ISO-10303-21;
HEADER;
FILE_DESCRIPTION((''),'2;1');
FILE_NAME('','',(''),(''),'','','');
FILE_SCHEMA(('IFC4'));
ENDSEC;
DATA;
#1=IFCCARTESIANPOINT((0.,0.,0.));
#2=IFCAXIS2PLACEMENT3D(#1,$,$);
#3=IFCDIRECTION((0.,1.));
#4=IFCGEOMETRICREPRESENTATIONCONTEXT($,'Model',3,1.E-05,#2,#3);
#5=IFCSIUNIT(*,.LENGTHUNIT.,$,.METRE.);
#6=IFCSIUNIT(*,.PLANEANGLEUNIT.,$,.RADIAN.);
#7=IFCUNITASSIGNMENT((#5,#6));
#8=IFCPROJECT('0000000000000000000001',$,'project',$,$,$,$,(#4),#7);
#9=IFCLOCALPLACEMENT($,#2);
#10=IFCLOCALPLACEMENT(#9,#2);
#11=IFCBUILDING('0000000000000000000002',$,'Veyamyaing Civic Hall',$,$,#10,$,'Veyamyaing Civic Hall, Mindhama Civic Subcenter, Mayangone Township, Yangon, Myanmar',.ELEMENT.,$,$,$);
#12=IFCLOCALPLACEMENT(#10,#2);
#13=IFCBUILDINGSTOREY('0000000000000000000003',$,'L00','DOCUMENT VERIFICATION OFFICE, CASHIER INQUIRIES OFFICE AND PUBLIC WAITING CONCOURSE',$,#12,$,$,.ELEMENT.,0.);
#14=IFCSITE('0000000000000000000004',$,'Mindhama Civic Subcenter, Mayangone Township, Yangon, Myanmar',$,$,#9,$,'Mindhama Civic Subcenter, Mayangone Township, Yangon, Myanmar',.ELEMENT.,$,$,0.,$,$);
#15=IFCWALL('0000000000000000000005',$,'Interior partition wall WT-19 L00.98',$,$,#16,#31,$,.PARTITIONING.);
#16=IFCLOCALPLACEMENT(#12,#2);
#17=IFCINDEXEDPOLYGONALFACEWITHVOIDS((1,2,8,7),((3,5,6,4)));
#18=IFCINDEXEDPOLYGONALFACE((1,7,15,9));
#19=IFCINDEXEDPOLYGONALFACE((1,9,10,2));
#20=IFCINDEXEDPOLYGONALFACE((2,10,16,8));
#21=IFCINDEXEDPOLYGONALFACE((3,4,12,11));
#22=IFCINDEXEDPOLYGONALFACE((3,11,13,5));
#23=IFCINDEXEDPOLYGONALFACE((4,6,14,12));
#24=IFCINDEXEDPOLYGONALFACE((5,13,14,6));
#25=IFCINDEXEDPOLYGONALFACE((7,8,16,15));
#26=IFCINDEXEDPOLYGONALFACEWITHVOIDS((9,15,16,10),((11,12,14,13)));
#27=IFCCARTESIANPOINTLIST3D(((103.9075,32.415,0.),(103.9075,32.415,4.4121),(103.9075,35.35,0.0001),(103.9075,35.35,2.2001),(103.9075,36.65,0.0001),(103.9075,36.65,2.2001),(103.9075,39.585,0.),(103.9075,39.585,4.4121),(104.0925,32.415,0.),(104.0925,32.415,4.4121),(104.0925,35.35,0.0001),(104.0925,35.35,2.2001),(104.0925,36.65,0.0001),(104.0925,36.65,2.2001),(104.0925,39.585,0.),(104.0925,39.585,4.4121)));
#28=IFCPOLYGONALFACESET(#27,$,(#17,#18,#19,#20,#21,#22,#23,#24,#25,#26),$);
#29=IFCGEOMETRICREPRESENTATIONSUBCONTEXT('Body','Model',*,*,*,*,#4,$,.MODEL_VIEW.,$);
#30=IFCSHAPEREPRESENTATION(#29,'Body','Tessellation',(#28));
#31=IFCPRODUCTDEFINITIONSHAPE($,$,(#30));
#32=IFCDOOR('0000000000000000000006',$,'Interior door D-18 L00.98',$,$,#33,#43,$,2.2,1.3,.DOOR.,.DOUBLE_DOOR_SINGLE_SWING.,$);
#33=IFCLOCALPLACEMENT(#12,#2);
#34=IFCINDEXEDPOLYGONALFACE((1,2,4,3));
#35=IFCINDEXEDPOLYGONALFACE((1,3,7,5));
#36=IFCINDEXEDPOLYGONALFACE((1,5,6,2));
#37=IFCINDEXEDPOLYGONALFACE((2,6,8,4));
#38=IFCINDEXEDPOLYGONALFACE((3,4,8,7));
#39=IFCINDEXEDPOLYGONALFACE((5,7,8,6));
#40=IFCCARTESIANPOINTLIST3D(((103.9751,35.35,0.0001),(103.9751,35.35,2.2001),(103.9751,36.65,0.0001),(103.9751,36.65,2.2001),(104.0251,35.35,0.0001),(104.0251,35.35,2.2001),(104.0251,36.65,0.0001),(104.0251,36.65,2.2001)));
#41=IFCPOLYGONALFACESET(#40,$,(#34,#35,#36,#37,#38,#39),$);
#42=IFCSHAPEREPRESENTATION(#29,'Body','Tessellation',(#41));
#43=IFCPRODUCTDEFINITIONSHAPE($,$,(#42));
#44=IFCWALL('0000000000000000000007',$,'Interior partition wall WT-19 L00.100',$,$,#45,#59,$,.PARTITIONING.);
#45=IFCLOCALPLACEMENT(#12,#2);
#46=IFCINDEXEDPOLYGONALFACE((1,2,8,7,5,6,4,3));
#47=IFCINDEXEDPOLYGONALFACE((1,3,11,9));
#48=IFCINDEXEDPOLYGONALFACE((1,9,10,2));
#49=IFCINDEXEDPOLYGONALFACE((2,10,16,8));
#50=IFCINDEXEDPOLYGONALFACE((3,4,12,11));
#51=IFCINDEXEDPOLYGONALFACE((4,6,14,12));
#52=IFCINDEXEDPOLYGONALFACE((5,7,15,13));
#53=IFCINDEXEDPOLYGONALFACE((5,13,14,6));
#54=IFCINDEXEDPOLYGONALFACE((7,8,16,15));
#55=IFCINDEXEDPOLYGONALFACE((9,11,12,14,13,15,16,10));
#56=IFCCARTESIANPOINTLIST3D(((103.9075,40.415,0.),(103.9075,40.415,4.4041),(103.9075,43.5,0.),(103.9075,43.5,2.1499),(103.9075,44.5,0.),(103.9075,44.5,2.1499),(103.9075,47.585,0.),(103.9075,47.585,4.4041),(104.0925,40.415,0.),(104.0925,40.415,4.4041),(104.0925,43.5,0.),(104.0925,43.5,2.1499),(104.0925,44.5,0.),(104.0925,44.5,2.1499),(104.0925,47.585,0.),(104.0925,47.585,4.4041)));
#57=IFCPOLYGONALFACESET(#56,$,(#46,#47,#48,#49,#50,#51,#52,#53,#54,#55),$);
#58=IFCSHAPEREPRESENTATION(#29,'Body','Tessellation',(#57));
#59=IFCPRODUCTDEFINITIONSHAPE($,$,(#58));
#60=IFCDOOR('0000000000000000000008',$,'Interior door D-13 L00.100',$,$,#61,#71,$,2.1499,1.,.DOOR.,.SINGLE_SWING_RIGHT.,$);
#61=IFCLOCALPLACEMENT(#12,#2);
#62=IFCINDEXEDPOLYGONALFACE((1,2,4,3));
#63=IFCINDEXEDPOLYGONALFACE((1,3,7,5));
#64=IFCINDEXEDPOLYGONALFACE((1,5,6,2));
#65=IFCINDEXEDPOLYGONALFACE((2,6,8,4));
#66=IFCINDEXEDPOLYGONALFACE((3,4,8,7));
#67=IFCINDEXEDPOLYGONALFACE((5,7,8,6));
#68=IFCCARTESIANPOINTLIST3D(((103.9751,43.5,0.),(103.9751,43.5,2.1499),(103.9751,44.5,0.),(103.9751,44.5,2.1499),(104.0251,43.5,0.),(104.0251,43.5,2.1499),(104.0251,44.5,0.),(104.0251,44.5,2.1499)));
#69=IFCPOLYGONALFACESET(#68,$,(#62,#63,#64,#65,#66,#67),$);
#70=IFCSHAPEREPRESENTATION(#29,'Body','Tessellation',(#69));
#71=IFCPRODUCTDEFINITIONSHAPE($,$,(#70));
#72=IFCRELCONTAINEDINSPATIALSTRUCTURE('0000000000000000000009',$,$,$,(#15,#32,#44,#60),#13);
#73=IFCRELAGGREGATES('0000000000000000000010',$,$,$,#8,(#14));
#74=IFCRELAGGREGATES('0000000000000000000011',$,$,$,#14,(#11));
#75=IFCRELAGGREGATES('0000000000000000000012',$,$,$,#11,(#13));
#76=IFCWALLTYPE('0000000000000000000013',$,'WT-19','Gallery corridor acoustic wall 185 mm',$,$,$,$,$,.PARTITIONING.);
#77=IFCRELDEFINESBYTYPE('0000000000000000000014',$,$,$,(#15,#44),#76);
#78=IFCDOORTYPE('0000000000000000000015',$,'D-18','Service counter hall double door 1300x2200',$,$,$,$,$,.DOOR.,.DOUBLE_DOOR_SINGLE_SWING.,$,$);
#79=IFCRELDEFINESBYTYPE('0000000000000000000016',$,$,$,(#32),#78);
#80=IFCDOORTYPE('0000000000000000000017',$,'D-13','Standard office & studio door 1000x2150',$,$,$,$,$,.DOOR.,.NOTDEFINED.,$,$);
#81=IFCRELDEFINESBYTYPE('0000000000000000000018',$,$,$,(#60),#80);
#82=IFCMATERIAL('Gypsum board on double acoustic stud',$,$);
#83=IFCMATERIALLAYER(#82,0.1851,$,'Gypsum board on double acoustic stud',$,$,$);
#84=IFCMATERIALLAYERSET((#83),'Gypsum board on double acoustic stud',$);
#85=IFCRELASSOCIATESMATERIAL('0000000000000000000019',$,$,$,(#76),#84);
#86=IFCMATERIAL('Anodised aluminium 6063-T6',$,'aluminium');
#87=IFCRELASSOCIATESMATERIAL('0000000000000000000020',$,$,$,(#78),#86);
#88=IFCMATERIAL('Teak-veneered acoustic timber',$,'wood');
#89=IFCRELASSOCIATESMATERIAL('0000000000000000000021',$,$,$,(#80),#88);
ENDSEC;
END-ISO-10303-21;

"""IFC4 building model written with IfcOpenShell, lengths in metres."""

from ifc_helpers import new_model, si_unit, direction, frame, frame_2d, origin, place, context, subcontext, project, spatial, rectangle, extrude, material, layer, layer_set, type_object, element, fill, save


model = new_model("IFC4")

# Units and contexts
model_context = context("Model", 3, precision=1e-05, world=origin(), true_north=direction((0.0, 1.0)))
body_context = subcontext(model_context, "Body", "Model", "MODEL_VIEW")
ifc_project = project(units=[si_unit("LENGTHUNIT", "METRE"), si_unit("PLANEANGLEUNIT", "RADIAN")], contexts=[model_context])

# Site, building, storey
site_placement = place(None, origin())
site = spatial("IfcSite", under=ifc_project, at=site_placement, Name="Mindhama Civic Subcenter, Mayangone Township, Yangon, Myanmar", LongName="Mindhama Civic Subcenter, Mayangone Township, Yangon, Myanmar", CompositionType="ELEMENT", RefElevation=0.0)
building_placement = place(site_placement, origin())
building = spatial("IfcBuilding", under=site, at=building_placement, Name="Veyamyaing Civic Hall", LongName="Veyamyaing Civic Hall, Mindhama Civic Subcenter, Mayangone Township, Yangon, Myanmar", CompositionType="ELEMENT")
storey_placement = place(building_placement, origin())
storey = spatial("IfcBuildingStorey", under=building, at=storey_placement, Name="L00", Description="DOCUMENT VERIFICATION OFFICE, CASHIER INQUIRIES OFFICE AND PUBLIC WAITING CONCOURSE", CompositionType="ELEMENT", Elevation=0.0)

# Shared definitions
ifc_material_1 = material(Name="Teak-veneered acoustic timber", Category="wood")
ifc_material_2 = material(Name="Gypsum board on double acoustic stud")
ifc_layer_1 = layer(ifc_material_2, 0.1851, Name="Gypsum board on double acoustic stud")
ifc_layer_set_1 = layer_set([ifc_layer_1], Name="Gypsum board on double acoustic stud")
wall_type_1 = type_object("IfcWallType", Name="WT-19", Description="Gallery corridor acoustic wall 185 mm", PredefinedType="PARTITIONING", material=ifc_layer_set_1)

# Walls, openings, doors
wall_1_placement = place(storey_placement, frame((104.0, 32.415, 0.0), z_axis=(0.0, 0.0, 1.0), x_axis=(0.0, 1.0, 0.0)))
wall_1 = element("IfcWall", 1, at=wall_1_placement, inside=storey, type_object=wall_type_1, Name="Interior partition wall WT-19 L00.98", PredefinedType="PARTITIONING", context=body_context, shape_type="SweptSolid", body=[
    extrude(rectangle(XDim=7.1699, YDim=0.1851, at=frame_2d((3.585, 0.0))), origin(), (0.0, 0.0, 1.0), 4.4121),
])
opening_1_placement = place(wall_1_placement, frame((2.9351, 0.0, 0.0)))
opening_1 = element("IfcOpeningElement", 2, at=opening_1_placement, cuts=wall_1, PredefinedType="OPENING", context=body_context, shape_type="SweptSolid", body=[
    extrude(rectangle(XDim=1.3, YDim=2.2, at=frame_2d((0.6499, 1.1001))), frame((0.0, 0.1025, 0.0), z_axis=(0.0, -1.0, 0.0), x_axis=(1.0, 0.0, 0.0)), (0.0, 0.0, 1.0), 0.2051),
])
ifc_material_3 = material(Name="Anodised aluminium 6063-T6", Category="aluminium")
door_type_1 = type_object("IfcDoorType", Name="D-18", Description="Service counter hall double door 1300x2200", OperationType="DOUBLE_DOOR_SINGLE_SWING", PredefinedType="DOOR", material=ifc_material_3)
door_1_placement = place(opening_1_placement, origin())
door_1 = element("IfcDoor", 3, at=door_1_placement, inside=storey, type_object=door_type_1, Name="Interior door D-18 L00.98", OperationType="DOUBLE_DOOR_SINGLE_SWING", OverallHeight=2.2, OverallWidth=1.3, PredefinedType="DOOR", context=body_context, shape_type="SweptSolid", body=[
    extrude(rectangle(XDim=1.3, YDim=2.2, at=frame_2d((0.6499, 1.1001))), frame((0.0, 0.0249, 0.0), z_axis=(0.0, -1.0, 0.0), x_axis=(1.0, 0.0, 0.0)), (0.0, 0.0, 1.0), 0.05),
])
fill(opening_1, door_1)
wall_2_placement = place(storey_placement, frame((104.0, 40.415, 0.0), z_axis=(0.0, 0.0, 1.0), x_axis=(0.0, 1.0, 0.0)))
wall_2 = element("IfcWall", 4, at=wall_2_placement, inside=storey, type_object=wall_type_1, Name="Interior partition wall WT-19 L00.100", PredefinedType="PARTITIONING", context=body_context, shape_type="SweptSolid", body=[
    extrude(rectangle(XDim=7.1699, YDim=0.1851, at=frame_2d((3.585, 0.0))), origin(), (0.0, 0.0, 1.0), 4.4041),
])
opening_2_placement = place(wall_2_placement, frame((3.085, 0.0, 0.0)))
opening_2 = element("IfcOpeningElement", 5, at=opening_2_placement, cuts=wall_2, PredefinedType="OPENING", context=body_context, shape_type="SweptSolid", body=[
    extrude(rectangle(XDim=1.0, YDim=2.1499, at=frame_2d((0.5, 1.075))), frame((0.0, 0.1025, 0.0), z_axis=(0.0, -1.0, 0.0), x_axis=(1.0, 0.0, 0.0)), (0.0, 0.0, 1.0), 0.2051),
])
door_type_2 = type_object("IfcDoorType", Name="D-13", Description="Standard office & studio door 1000x2150", OperationType="NOTDEFINED", PredefinedType="DOOR", material=ifc_material_1)
door_2_placement = place(opening_2_placement, origin())
door_2 = element("IfcDoor", 6, at=door_2_placement, inside=storey, type_object=door_type_2, Name="Interior door D-13 L00.100", OperationType="SINGLE_SWING_RIGHT", OverallHeight=2.1499, OverallWidth=1.0, PredefinedType="DOOR", context=body_context, shape_type="SweptSolid", body=[
    extrude(rectangle(XDim=1.0, YDim=2.1499, at=frame_2d((0.5, 1.075))), frame((0.0, 0.0249, 0.0), z_axis=(0.0, -1.0, 0.0), x_axis=(1.0, 0.0, 0.0)), (0.0, 0.0, 1.0), 0.05),
])
fill(opening_2, door_2)

save(model, "model.ifc")
